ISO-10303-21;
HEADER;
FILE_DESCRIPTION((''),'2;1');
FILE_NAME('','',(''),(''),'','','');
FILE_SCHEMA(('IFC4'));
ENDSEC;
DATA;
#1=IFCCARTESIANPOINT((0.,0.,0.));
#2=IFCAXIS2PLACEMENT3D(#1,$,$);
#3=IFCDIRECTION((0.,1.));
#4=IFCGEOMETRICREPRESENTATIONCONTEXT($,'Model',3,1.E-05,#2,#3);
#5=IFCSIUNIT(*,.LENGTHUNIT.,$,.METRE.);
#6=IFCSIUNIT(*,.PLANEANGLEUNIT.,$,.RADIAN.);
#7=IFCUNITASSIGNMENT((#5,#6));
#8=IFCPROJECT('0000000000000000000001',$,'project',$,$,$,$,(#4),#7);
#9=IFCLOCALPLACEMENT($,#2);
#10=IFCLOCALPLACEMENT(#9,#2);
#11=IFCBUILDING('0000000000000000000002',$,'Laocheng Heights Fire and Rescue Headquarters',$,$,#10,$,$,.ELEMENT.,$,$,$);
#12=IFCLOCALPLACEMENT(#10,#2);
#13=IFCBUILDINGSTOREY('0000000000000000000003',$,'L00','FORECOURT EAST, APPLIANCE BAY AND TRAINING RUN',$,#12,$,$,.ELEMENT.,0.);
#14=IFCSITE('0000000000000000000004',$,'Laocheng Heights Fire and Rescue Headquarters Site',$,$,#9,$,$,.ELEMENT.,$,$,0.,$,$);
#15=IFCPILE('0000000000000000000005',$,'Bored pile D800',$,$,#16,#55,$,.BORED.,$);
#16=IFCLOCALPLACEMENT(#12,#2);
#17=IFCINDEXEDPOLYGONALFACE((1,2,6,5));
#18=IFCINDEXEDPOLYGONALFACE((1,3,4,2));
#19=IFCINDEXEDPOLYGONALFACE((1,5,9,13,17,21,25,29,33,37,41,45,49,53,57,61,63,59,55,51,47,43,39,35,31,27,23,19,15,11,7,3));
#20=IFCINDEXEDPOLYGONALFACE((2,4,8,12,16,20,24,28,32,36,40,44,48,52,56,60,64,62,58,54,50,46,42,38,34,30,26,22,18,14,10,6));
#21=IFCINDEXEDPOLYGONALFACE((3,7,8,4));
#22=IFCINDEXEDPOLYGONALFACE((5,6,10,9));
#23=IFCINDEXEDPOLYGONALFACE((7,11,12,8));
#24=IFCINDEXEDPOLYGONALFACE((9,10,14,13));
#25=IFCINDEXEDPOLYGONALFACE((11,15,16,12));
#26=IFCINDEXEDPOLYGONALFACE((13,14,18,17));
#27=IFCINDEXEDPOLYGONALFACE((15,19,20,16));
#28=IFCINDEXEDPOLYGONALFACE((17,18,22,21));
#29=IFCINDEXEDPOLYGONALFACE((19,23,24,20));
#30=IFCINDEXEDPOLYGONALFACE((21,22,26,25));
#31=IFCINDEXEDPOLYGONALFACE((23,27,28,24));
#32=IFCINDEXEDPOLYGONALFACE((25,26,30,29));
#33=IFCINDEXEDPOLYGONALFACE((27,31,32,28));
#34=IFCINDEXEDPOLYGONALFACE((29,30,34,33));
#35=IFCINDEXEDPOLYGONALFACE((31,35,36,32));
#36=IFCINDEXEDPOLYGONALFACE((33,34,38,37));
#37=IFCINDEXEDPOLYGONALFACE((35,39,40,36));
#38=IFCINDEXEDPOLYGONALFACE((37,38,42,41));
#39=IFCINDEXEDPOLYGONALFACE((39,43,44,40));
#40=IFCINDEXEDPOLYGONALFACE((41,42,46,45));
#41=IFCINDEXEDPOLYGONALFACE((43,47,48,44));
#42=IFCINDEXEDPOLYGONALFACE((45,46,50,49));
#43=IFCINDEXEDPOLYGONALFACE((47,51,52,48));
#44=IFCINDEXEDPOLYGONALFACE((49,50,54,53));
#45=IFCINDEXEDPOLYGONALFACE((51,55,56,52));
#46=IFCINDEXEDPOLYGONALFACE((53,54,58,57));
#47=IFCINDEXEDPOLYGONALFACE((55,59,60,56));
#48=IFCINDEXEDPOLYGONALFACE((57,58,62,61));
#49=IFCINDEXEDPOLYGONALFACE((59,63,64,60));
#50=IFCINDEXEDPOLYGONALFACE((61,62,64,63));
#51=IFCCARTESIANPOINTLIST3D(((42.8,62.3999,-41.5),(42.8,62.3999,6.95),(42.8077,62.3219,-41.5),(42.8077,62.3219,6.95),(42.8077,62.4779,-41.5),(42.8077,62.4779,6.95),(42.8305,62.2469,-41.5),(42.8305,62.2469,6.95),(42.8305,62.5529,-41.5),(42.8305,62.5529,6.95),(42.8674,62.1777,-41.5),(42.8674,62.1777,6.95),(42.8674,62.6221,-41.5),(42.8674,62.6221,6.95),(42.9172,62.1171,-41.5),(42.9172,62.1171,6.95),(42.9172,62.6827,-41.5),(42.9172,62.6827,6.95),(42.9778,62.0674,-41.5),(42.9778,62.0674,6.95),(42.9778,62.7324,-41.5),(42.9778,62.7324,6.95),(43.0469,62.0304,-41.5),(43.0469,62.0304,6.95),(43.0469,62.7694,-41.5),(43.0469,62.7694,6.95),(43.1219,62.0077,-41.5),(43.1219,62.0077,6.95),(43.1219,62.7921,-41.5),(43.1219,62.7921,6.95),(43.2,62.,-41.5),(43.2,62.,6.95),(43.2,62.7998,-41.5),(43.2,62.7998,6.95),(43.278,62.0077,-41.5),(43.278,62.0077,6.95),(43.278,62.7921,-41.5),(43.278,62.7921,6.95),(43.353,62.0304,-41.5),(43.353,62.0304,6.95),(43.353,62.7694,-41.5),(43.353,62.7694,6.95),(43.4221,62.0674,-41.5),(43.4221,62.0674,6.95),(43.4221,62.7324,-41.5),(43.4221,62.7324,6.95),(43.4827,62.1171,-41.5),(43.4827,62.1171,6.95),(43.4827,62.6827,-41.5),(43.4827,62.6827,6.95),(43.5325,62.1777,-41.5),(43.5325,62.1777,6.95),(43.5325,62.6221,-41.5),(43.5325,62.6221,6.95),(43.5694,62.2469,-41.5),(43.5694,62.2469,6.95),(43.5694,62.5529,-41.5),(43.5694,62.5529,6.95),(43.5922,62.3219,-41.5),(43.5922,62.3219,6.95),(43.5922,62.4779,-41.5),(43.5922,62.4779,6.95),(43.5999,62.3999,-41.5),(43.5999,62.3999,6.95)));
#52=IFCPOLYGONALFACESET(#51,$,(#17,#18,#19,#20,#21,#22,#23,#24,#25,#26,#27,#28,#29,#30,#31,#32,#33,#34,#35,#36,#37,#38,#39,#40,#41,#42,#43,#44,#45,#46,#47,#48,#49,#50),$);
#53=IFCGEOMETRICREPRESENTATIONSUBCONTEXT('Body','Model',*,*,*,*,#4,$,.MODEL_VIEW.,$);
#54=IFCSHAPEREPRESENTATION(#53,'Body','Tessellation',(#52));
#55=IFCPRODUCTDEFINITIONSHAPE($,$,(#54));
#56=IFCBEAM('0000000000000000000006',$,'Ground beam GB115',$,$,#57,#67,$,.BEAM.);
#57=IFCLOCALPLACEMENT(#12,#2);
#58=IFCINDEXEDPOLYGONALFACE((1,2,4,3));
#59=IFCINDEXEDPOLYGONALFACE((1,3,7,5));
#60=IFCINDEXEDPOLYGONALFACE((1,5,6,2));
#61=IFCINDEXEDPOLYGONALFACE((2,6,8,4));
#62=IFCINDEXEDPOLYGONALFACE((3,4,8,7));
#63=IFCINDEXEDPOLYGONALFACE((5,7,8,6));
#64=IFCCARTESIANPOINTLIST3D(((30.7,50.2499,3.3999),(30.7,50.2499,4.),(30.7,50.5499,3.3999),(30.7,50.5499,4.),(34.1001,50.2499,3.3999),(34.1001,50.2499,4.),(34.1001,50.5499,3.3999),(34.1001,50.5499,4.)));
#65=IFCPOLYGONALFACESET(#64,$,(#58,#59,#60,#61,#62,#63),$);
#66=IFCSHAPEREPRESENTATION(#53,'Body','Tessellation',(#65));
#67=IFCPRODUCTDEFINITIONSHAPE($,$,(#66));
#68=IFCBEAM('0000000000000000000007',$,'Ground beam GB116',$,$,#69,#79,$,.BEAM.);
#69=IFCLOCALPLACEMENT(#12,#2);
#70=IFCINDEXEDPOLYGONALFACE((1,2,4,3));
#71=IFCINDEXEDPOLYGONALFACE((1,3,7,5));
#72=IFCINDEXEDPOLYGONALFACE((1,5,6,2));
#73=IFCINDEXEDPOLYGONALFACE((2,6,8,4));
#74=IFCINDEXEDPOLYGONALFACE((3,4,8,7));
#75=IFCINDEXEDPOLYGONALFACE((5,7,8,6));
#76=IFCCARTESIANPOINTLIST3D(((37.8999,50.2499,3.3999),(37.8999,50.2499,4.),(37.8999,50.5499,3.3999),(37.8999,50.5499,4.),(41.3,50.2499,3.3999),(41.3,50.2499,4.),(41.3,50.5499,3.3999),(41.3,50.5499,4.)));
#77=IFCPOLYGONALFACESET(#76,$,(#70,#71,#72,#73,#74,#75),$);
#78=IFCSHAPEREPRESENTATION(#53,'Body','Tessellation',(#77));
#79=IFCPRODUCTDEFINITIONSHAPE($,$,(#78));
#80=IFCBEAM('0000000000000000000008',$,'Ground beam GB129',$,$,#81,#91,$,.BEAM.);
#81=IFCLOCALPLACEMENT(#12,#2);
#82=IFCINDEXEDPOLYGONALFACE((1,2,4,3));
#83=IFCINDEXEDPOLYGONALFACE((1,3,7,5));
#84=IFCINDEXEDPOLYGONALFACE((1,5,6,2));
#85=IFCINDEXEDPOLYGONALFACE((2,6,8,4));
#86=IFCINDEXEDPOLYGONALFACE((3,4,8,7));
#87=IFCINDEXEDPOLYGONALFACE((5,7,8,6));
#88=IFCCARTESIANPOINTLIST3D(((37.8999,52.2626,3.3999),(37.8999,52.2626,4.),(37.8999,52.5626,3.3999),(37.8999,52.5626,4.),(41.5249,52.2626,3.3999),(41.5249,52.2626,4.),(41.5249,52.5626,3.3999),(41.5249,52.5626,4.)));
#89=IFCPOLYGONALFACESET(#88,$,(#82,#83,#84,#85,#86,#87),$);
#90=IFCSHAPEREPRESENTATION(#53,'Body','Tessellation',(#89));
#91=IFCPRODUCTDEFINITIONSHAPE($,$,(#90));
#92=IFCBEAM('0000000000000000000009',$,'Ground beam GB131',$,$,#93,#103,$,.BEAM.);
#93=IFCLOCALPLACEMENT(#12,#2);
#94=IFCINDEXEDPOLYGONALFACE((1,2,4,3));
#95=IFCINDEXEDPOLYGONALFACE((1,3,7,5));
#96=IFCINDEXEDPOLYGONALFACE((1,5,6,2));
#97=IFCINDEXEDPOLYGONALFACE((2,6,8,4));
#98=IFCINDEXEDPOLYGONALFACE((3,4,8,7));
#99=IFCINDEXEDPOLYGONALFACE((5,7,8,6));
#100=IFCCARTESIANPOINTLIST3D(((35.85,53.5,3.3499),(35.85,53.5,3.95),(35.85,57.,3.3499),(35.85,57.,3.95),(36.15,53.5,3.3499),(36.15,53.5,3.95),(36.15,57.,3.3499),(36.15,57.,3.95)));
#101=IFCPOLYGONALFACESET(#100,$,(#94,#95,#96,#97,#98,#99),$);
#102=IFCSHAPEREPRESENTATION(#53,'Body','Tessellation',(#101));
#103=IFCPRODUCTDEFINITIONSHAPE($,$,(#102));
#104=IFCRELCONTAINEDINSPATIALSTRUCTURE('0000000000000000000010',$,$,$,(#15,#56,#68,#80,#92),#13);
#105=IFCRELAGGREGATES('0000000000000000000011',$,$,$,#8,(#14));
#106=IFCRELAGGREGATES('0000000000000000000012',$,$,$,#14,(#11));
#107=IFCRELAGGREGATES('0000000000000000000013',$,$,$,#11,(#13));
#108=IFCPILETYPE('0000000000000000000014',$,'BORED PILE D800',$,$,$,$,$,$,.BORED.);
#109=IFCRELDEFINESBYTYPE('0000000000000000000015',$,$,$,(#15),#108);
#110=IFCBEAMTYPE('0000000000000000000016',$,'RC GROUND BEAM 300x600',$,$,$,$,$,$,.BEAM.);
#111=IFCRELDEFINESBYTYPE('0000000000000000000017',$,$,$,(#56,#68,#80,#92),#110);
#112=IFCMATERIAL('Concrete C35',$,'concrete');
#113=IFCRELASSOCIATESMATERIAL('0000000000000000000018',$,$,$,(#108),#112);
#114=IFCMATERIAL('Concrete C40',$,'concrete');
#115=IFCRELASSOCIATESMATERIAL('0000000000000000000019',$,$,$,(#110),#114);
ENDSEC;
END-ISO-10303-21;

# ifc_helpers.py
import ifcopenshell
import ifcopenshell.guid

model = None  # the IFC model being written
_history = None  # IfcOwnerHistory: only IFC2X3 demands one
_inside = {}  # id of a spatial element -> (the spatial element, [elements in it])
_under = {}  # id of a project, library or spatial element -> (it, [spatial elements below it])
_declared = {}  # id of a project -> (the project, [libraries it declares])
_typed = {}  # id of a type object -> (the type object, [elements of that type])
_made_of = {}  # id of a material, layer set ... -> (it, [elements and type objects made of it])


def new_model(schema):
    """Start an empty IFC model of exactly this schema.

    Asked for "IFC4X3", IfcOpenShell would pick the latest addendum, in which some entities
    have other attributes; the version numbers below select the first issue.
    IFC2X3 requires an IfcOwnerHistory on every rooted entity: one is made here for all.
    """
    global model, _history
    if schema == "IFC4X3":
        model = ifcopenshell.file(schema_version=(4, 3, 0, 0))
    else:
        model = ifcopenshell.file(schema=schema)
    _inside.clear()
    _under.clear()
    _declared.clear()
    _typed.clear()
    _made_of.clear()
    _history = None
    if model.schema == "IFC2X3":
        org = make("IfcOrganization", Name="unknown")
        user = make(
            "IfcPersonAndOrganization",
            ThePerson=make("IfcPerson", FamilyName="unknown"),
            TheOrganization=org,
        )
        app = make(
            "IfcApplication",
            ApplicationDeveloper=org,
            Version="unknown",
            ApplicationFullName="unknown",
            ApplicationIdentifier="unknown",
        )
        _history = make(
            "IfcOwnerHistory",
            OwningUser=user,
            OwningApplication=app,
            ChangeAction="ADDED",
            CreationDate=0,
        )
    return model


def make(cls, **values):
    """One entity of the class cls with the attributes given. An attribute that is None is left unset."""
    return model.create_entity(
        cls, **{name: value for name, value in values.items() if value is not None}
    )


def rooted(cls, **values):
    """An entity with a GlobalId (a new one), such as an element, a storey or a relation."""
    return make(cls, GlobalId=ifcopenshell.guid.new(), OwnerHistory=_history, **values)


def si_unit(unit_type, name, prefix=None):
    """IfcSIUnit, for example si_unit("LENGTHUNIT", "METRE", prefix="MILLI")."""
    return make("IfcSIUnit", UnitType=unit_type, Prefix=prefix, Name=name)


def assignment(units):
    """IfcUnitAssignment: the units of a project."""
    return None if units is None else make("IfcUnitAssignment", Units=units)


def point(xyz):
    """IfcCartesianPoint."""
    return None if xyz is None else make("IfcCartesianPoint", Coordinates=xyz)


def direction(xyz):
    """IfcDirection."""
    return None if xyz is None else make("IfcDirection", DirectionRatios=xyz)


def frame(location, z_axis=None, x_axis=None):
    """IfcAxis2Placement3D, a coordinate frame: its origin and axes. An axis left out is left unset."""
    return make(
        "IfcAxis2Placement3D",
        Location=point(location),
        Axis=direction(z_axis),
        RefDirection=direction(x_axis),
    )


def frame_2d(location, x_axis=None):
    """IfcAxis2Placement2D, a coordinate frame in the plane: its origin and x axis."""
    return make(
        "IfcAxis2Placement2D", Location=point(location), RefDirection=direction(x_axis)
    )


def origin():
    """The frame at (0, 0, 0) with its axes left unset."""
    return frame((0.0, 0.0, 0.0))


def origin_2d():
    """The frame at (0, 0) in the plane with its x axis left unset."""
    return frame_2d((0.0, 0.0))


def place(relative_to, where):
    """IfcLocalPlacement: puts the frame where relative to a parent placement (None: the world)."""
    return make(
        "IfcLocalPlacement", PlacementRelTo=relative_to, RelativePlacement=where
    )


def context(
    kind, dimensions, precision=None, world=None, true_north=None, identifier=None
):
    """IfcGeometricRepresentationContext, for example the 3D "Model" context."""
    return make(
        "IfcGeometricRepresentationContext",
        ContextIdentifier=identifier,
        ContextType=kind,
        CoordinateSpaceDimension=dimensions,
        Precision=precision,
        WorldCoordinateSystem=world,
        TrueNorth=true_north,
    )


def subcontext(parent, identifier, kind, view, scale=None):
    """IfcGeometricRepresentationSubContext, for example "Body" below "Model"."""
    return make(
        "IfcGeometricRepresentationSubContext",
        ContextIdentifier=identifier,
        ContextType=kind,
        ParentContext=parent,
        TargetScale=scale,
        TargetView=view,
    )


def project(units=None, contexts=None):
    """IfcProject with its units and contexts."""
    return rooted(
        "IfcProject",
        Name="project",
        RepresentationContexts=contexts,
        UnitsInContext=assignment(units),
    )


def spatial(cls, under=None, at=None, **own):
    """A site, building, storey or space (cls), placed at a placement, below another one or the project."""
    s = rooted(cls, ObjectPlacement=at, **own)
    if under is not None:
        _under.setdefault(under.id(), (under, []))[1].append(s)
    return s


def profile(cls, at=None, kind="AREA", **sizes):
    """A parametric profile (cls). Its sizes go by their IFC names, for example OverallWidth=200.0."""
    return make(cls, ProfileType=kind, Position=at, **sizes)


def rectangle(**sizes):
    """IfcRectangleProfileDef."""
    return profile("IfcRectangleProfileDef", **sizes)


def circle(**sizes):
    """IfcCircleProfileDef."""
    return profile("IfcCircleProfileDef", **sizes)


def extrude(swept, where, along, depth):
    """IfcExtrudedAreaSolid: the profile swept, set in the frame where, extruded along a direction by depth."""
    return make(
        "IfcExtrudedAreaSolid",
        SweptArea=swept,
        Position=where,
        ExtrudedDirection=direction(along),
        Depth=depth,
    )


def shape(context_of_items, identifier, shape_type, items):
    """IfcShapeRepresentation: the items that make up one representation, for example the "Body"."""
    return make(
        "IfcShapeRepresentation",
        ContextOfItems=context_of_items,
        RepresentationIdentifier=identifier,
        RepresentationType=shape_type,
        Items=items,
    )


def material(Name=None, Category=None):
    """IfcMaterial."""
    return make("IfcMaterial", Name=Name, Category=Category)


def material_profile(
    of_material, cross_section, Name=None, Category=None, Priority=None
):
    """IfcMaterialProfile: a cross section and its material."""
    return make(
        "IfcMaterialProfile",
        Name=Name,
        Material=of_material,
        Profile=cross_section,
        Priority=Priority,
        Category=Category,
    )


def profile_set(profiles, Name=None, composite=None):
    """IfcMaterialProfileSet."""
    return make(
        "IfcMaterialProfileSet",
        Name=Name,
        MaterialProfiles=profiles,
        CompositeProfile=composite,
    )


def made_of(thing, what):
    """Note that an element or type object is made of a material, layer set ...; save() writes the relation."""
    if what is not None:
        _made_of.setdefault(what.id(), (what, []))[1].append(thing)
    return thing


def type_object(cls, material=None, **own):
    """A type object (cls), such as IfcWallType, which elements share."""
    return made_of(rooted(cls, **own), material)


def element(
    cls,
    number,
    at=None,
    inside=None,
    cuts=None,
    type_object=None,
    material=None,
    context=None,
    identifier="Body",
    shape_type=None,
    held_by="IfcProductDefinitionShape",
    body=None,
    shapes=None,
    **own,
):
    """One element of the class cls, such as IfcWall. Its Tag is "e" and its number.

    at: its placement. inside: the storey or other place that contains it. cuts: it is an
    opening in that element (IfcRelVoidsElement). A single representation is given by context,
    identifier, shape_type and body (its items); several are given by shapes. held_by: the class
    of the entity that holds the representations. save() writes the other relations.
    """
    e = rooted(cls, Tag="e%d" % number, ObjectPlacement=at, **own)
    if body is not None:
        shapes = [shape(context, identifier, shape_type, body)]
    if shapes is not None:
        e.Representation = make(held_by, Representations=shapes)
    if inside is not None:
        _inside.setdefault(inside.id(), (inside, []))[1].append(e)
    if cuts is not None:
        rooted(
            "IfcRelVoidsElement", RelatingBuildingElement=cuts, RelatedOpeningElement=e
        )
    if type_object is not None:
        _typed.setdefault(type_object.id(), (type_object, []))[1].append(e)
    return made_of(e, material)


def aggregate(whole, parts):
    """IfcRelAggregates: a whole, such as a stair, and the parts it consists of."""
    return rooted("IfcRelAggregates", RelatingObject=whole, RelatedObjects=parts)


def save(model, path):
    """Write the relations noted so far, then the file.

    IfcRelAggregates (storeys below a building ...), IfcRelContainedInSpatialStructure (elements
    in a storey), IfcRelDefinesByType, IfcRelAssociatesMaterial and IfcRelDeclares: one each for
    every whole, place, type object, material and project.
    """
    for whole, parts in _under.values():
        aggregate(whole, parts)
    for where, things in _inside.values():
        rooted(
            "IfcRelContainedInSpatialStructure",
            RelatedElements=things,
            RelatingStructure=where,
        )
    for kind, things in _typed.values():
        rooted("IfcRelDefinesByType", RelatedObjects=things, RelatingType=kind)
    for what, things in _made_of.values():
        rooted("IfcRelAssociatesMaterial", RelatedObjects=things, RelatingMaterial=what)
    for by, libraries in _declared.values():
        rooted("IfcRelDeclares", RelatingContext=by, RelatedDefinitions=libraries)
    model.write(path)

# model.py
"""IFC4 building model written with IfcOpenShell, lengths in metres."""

from ifc_helpers import new_model, si_unit, direction, frame, origin, origin_2d, place, context, subcontext, project, spatial, rectangle, circle, extrude, material, material_profile, profile_set, type_object, element, save


model = new_model("IFC4")

# Units and contexts
model_context = context("Model", 3, precision=1e-05, world=origin(), true_north=direction((0.0, 1.0)))
body_context = subcontext(model_context, "Body", "Model", "MODEL_VIEW")
ifc_project = project(units=[si_unit("LENGTHUNIT", "METRE"), si_unit("PLANEANGLEUNIT", "RADIAN")], contexts=[model_context])

# Site, building, storey
site_placement = place(None, origin())
site = spatial("IfcSite", under=ifc_project, at=site_placement, Name="Laocheng Heights Fire and Rescue Headquarters Site", CompositionType="ELEMENT", RefElevation=0.0)
building_placement = place(site_placement, origin())
building = spatial("IfcBuilding", under=site, at=building_placement, Name="Laocheng Heights Fire and Rescue Headquarters", CompositionType="ELEMENT")
storey_placement = place(building_placement, origin())
storey = spatial("IfcBuildingStorey", under=building, at=storey_placement, Name="L00", Description="FORECOURT EAST, APPLIANCE BAY AND TRAINING RUN", CompositionType="ELEMENT", Elevation=0.0)

# Pile
ifc_material_1 = material(Name="Concrete C35", Category="concrete")
ifc_material_profile_1 = material_profile(ifc_material_1, circle(Radius=0.3999, at=origin_2d()), Name="BORED PILE D800")
ifc_profile_set_1 = profile_set([ifc_material_profile_1], Name="Concrete C35")
pile_type_1 = type_object("IfcPileType", Name="BORED PILE D800", PredefinedType="BORED", material=ifc_profile_set_1)
for number, where, z_axis, x_axis, name in (
    (1, (43.2, 62.3999, 6.95), (0.0, 0.0, -1.0), (1.0, 0.0, 0.0), "Bored pile D800"),
):
    element("IfcPile", number, at=place(storey_placement, frame(where, z_axis=z_axis, x_axis=x_axis)), inside=storey, type_object=pile_type_1, Name=name, PredefinedType="BORED", context=body_context, shape_type="SweptSolid", body=[
        extrude(circle(Radius=0.3999, at=origin_2d()), origin(), (0.0, 0.0, 1.0), 48.45),
    ])

# Beams
ifc_material_2 = material(Name="Concrete C40", Category="concrete")
ifc_material_profile_2 = material_profile(ifc_material_2, rectangle(XDim=0.3, YDim=0.6001, at=origin_2d()), Name="RC GROUND BEAM 300x600")
ifc_profile_set_2 = profile_set([ifc_material_profile_2], Name="Concrete C40")
beam_type = type_object("IfcBeamType", Name="RC GROUND BEAM 300x600", PredefinedType="BEAM", material=ifc_profile_set_2)
for number, where, z_axis, x_axis, name in (
    (2, (30.7, 50.3999, 3.7), (1.0, 0.0, 0.0), (0.0, 1.0, 0.0), "Ground beam GB115"),
    (3, (37.8999, 50.3999, 3.7), (1.0, 0.0, 0.0), (0.0, 1.0, 0.0), "Ground beam GB116"),
):
    element("IfcBeam", number, at=place(storey_placement, frame(where, z_axis=z_axis, x_axis=x_axis)), inside=storey, type_object=beam_type, Name=name, PredefinedType="BEAM", context=body_context, shape_type="SweptSolid", body=[
        extrude(rectangle(XDim=0.3, YDim=0.6001, at=origin_2d()), origin(), (0.0, 0.0, 1.0), 3.4001),
    ])
beam_1_placement = place(storey_placement, frame((37.8999, 52.4126, 3.7), z_axis=(1.0, 0.0, 0.0), x_axis=(0.0, 1.0, 0.0)))
element("IfcBeam", 4, at=beam_1_placement, inside=storey, type_object=beam_type, Name="Ground beam GB129", PredefinedType="BEAM", context=body_context, shape_type="SweptSolid", body=[
    extrude(rectangle(XDim=0.3, YDim=0.6001, at=origin_2d()), origin(), (0.0, 0.0, 1.0), 3.625),
])
beam_2_placement = place(storey_placement, frame((36.0, 53.5, 3.6499), z_axis=(0.0, 1.0, 0.0), x_axis=(-1.0, 0.0, 0.0)))
element("IfcBeam", 5, at=beam_2_placement, inside=storey, type_object=beam_type, Name="Ground beam GB131", PredefinedType="BEAM", context=body_context, shape_type="SweptSolid", body=[
    extrude(rectangle(XDim=0.3, YDim=0.6001, at=origin_2d()), origin(), (0.0, 0.0, 1.0), 3.5),
])

save(model, "model.ifc")
